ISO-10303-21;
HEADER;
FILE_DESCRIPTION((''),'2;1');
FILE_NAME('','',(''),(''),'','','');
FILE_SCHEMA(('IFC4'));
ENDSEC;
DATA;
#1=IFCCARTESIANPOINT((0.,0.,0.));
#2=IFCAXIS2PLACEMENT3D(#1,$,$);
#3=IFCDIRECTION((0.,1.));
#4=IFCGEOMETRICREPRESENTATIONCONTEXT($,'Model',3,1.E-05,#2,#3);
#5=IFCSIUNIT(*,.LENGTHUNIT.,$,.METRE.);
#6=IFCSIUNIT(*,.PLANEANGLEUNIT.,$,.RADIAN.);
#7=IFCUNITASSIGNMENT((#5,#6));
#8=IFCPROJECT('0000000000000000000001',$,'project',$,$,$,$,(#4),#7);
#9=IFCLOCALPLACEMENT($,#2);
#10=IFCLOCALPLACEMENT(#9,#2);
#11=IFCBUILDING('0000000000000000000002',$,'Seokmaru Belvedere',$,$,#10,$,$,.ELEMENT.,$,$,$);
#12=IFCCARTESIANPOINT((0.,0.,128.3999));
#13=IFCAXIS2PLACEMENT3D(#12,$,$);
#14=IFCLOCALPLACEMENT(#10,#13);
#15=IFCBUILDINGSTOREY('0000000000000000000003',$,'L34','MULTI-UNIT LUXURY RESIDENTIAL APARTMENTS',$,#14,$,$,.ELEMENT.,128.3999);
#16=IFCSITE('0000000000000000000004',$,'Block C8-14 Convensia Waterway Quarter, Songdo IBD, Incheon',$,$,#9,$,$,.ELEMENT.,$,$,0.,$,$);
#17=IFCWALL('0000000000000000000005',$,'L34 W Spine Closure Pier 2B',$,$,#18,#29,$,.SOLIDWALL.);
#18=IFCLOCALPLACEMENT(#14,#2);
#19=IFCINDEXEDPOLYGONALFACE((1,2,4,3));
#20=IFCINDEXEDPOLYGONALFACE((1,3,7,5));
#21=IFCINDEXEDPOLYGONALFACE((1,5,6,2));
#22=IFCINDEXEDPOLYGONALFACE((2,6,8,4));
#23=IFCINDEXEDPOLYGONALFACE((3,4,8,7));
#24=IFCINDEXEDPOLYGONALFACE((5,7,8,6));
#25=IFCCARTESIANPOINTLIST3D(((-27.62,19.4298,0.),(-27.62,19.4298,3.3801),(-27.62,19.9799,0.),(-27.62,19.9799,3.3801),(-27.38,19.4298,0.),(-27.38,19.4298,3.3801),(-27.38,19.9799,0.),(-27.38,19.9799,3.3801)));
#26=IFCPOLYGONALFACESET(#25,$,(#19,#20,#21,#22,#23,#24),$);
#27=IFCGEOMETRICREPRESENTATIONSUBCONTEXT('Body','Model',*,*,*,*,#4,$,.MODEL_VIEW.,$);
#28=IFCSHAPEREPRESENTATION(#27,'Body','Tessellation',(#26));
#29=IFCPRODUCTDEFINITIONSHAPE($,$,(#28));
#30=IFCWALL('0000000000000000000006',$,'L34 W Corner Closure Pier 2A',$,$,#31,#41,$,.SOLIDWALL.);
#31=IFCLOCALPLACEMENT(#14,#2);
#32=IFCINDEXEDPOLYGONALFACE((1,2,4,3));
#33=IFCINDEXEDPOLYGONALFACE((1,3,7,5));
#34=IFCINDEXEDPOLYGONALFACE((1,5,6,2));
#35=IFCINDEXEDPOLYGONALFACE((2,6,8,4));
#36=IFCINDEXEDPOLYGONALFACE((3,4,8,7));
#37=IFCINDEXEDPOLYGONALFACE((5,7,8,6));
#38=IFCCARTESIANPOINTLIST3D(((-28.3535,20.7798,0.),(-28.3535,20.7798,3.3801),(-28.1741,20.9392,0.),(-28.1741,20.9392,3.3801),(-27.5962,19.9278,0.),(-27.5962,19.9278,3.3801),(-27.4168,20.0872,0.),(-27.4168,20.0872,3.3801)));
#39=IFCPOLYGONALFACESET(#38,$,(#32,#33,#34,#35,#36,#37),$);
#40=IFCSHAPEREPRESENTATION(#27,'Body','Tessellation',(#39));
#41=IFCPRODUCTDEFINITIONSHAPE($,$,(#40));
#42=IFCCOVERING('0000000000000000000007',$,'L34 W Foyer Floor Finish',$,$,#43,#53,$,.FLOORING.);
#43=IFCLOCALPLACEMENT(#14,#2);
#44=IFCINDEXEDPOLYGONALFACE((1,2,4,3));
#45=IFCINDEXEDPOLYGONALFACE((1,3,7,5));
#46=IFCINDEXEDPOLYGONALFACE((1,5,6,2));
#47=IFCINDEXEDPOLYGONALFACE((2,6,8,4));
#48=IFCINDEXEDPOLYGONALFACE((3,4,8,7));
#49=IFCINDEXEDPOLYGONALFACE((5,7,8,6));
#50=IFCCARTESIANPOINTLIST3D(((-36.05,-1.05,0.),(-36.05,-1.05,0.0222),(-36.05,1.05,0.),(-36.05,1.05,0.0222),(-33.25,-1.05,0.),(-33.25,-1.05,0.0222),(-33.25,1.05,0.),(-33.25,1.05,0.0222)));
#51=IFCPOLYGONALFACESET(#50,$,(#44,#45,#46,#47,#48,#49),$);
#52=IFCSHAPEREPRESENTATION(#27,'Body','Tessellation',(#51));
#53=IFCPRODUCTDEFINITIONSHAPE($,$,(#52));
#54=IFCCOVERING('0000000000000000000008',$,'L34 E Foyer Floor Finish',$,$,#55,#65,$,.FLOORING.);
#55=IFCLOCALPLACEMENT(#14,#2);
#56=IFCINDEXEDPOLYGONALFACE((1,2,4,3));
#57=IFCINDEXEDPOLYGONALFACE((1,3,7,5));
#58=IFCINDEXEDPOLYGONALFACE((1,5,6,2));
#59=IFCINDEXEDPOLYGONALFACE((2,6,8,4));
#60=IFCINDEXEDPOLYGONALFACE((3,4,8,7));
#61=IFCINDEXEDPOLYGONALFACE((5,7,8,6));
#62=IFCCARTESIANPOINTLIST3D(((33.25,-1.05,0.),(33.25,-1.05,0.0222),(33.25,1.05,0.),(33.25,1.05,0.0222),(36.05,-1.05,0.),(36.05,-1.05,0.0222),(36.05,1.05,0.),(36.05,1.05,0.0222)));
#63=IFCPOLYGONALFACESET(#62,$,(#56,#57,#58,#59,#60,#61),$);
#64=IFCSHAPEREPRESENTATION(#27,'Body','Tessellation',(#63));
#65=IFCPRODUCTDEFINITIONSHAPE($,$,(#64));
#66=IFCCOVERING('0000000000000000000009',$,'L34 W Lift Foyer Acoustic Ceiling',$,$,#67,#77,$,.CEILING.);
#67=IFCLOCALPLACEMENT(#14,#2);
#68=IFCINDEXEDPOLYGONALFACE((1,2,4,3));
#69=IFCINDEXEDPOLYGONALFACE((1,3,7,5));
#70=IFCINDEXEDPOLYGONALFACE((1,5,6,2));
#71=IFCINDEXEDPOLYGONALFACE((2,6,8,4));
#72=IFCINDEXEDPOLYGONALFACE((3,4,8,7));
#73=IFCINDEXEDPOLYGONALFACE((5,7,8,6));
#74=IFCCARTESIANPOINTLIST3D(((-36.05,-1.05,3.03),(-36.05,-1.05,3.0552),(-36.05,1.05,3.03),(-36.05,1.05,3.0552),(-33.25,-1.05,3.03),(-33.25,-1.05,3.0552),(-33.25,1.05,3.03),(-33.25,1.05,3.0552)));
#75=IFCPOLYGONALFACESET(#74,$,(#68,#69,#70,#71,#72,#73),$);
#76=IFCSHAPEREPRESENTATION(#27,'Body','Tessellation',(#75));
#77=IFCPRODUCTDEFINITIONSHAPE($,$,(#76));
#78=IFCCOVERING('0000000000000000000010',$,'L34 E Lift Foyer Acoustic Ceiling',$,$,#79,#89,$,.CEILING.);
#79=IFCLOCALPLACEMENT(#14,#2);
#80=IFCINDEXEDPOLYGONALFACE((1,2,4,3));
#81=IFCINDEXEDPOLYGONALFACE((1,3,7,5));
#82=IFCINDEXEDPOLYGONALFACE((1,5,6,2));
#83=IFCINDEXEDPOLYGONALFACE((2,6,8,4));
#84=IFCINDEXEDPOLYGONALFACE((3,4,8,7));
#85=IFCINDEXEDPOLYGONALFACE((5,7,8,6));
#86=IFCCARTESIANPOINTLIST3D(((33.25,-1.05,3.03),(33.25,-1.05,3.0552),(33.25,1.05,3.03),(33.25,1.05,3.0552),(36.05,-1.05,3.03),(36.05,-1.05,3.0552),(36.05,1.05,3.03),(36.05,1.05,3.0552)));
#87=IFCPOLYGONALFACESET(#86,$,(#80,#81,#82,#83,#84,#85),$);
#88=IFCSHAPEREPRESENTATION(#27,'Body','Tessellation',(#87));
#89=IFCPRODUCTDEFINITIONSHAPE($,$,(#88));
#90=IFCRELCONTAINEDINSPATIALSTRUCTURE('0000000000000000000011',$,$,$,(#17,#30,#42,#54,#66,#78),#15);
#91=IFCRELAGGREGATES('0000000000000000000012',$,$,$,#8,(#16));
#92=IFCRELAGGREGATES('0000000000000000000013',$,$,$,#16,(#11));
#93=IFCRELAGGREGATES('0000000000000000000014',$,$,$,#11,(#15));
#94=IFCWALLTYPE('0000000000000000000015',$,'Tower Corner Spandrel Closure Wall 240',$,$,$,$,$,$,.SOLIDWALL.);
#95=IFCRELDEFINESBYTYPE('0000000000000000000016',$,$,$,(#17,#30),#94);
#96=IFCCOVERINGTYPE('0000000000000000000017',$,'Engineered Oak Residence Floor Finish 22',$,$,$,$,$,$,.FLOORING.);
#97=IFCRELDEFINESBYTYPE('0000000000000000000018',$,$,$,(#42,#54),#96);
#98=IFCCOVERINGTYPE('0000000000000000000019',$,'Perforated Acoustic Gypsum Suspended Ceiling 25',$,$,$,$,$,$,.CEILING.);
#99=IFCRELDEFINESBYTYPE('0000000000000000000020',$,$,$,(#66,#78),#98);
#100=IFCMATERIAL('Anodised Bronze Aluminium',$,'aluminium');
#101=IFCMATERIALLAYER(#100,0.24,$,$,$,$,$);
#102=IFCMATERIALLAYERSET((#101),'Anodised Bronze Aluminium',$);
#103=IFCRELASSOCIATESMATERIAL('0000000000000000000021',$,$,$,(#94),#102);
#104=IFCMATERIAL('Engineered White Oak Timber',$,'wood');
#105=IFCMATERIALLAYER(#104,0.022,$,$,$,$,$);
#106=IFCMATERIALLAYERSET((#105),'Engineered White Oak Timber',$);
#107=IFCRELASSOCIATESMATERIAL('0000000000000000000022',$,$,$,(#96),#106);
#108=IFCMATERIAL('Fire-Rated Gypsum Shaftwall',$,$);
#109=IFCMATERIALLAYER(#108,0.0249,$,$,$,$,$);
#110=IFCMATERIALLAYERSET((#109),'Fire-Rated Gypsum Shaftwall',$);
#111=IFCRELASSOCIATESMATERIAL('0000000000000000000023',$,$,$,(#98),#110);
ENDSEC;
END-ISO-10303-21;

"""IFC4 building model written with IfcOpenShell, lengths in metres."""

from ifc_helpers import new_model, si_unit, direction, frame, frame_2d, origin, place, context, subcontext, project, spatial, polyline, rectangle, outline, extrude, material, layer, layer_set, type_object, element, save


model = new_model("IFC4")

# Units and contexts
model_context = context("Model", 3, precision=1e-05, world=origin(), true_north=direction((0.0, 1.0)))
body_context = subcontext(model_context, "Body", "Model", "MODEL_VIEW")
ifc_project = project(units=[si_unit("LENGTHUNIT", "METRE"), si_unit("PLANEANGLEUNIT", "RADIAN")], contexts=[model_context])

# Site, building, storey
site_placement = place(None, origin())
site = spatial("IfcSite", under=ifc_project, at=site_placement, Name="Block C8-14 Convensia Waterway Quarter, Songdo IBD, Incheon", CompositionType="ELEMENT", RefElevation=0.0)
building_placement = place(site_placement, origin())
building = spatial("IfcBuilding", under=site, at=building_placement, Name="Seokmaru Belvedere", CompositionType="ELEMENT")
storey_placement = place(building_placement, frame((0.0, 0.0, 128.3999)))
storey = spatial("IfcBuildingStorey", under=building, at=storey_placement, Name="L34", Description="MULTI-UNIT LUXURY RESIDENTIAL APARTMENTS", CompositionType="ELEMENT", Elevation=128.3999)

# Shared definitions
ifc_material_1 = material(Name="Anodised Bronze Aluminium", Category="aluminium")

# Walls
ifc_layer_1 = layer(ifc_material_1, 0.24)
ifc_layer_set_1 = layer_set([ifc_layer_1], Name="Anodised Bronze Aluminium")
wall_type_1 = type_object("IfcWallType", Name="Tower Corner Spandrel Closure Wall 240", PredefinedType="SOLIDWALL", material=ifc_layer_set_1)
wall_1_placement = place(storey_placement, frame((-27.5, 19.4299, 0.0), z_axis=(0.0, 0.0, 1.0), x_axis=(0.0, 1.0, 0.0)))
element("IfcWall", 1, at=wall_1_placement, inside=storey, type_object=wall_type_1, Name="L34 W Spine Closure Pier 2B", PredefinedType="SOLIDWALL", context=body_context, shape_type="SweptSolid", body=[
    extrude(rectangle(XDim=0.55, YDim=0.24, at=frame_2d((0.2749, 0.0))), origin(), (0.0, 0.0, 1.0), 3.3801),
])
wall_2_placement = place(storey_placement, frame((-27.5066, 20.0076, 0.0), z_axis=(0.0, 0.0, 1.0), x_axis=(-0.664337, 0.747433, 0.0)))
element("IfcWall", 2, at=wall_2_placement, inside=storey, type_object=wall_type_1, Name="L34 W Corner Closure Pier 2A", PredefinedType="SOLIDWALL", context=body_context, shape_type="SweptSolid", body=[
    extrude(rectangle(XDim=1.1399, YDim=0.24, at=frame_2d((0.5698, 0.0))), origin(), (0.0, 0.0, 1.0), 3.3801),
])

# Coverings
ifc_material_2 = material(Name="Engineered White Oak Timber", Category="wood")
ifc_layer_2 = layer(ifc_material_2, 0.022)
ifc_layer_set_2 = layer_set([ifc_layer_2], Name="Engineered White Oak Timber")
covering_type_1 = type_object("IfcCoveringType", Name="Engineered Oak Residence Floor Finish 22", PredefinedType="FLOORING", material=ifc_layer_set_2)
covering_1_placement = place(storey_placement, origin())
element("IfcCovering", 3, at=covering_1_placement, inside=storey, type_object=covering_type_1, Name="L34 W Foyer Floor Finish", PredefinedType="FLOORING", context=body_context, shape_type="SweptSolid", body=[
    extrude(outline(polyline([(-36.05, -1.05), (-33.25, -1.05), (-33.25, 1.05), (-36.05, 1.05), (-36.05, -1.05)])), origin(), (0.0, 0.0, 1.0), 0.0222),
])
covering_2_placement = place(storey_placement, origin())
element("IfcCovering", 4, at=covering_2_placement, inside=storey, type_object=covering_type_1, Name="L34 E Foyer Floor Finish", PredefinedType="FLOORING", context=body_context, shape_type="SweptSolid", body=[
    extrude(outline(polyline([(33.25, -1.05), (36.05, -1.05), (36.05, 1.05), (33.25, 1.05), (33.25, -1.05)])), origin(), (0.0, 0.0, 1.0), 0.0222),
])
ifc_material_3 = material(Name="Fire-Rated Gypsum Shaftwall")
ifc_layer_3 = layer(ifc_material_3, 0.0249)
ifc_layer_set_3 = layer_set([ifc_layer_3], Name="Fire-Rated Gypsum Shaftwall")
covering_type_2 = type_object("IfcCoveringType", Name="Perforated Acoustic Gypsum Suspended Ceiling 25", PredefinedType="CEILING", material=ifc_layer_set_3)
covering_3_placement = place(storey_placement, frame((0.0, 0.0, 3.03)))
element("IfcCovering", 5, at=covering_3_placement, inside=storey, type_object=covering_type_2, Name="L34 W Lift Foyer Acoustic Ceiling", PredefinedType="CEILING", context=body_context, shape_type="SweptSolid", body=[
    extrude(outline(polyline([(-36.05, -1.05), (-33.25, -1.05), (-33.25, 1.05), (-36.05, 1.05), (-36.05, -1.05)])), origin(), (0.0, 0.0, 1.0), 0.0251),
])
covering_4_placement = place(storey_placement, frame((0.0, 0.0, 3.03)))
element("IfcCovering", 6, at=covering_4_placement, inside=storey, type_object=covering_type_2, Name="L34 E Lift Foyer Acoustic Ceiling", PredefinedType="CEILING", context=body_context, shape_type="SweptSolid", body=[
    extrude(outline(polyline([(33.25, -1.05), (36.05, -1.05), (36.05, 1.05), (33.25, 1.05), (33.25, -1.05)])), origin(), (0.0, 0.0, 1.0), 0.0251),
])

save(model, "model.ifc")
